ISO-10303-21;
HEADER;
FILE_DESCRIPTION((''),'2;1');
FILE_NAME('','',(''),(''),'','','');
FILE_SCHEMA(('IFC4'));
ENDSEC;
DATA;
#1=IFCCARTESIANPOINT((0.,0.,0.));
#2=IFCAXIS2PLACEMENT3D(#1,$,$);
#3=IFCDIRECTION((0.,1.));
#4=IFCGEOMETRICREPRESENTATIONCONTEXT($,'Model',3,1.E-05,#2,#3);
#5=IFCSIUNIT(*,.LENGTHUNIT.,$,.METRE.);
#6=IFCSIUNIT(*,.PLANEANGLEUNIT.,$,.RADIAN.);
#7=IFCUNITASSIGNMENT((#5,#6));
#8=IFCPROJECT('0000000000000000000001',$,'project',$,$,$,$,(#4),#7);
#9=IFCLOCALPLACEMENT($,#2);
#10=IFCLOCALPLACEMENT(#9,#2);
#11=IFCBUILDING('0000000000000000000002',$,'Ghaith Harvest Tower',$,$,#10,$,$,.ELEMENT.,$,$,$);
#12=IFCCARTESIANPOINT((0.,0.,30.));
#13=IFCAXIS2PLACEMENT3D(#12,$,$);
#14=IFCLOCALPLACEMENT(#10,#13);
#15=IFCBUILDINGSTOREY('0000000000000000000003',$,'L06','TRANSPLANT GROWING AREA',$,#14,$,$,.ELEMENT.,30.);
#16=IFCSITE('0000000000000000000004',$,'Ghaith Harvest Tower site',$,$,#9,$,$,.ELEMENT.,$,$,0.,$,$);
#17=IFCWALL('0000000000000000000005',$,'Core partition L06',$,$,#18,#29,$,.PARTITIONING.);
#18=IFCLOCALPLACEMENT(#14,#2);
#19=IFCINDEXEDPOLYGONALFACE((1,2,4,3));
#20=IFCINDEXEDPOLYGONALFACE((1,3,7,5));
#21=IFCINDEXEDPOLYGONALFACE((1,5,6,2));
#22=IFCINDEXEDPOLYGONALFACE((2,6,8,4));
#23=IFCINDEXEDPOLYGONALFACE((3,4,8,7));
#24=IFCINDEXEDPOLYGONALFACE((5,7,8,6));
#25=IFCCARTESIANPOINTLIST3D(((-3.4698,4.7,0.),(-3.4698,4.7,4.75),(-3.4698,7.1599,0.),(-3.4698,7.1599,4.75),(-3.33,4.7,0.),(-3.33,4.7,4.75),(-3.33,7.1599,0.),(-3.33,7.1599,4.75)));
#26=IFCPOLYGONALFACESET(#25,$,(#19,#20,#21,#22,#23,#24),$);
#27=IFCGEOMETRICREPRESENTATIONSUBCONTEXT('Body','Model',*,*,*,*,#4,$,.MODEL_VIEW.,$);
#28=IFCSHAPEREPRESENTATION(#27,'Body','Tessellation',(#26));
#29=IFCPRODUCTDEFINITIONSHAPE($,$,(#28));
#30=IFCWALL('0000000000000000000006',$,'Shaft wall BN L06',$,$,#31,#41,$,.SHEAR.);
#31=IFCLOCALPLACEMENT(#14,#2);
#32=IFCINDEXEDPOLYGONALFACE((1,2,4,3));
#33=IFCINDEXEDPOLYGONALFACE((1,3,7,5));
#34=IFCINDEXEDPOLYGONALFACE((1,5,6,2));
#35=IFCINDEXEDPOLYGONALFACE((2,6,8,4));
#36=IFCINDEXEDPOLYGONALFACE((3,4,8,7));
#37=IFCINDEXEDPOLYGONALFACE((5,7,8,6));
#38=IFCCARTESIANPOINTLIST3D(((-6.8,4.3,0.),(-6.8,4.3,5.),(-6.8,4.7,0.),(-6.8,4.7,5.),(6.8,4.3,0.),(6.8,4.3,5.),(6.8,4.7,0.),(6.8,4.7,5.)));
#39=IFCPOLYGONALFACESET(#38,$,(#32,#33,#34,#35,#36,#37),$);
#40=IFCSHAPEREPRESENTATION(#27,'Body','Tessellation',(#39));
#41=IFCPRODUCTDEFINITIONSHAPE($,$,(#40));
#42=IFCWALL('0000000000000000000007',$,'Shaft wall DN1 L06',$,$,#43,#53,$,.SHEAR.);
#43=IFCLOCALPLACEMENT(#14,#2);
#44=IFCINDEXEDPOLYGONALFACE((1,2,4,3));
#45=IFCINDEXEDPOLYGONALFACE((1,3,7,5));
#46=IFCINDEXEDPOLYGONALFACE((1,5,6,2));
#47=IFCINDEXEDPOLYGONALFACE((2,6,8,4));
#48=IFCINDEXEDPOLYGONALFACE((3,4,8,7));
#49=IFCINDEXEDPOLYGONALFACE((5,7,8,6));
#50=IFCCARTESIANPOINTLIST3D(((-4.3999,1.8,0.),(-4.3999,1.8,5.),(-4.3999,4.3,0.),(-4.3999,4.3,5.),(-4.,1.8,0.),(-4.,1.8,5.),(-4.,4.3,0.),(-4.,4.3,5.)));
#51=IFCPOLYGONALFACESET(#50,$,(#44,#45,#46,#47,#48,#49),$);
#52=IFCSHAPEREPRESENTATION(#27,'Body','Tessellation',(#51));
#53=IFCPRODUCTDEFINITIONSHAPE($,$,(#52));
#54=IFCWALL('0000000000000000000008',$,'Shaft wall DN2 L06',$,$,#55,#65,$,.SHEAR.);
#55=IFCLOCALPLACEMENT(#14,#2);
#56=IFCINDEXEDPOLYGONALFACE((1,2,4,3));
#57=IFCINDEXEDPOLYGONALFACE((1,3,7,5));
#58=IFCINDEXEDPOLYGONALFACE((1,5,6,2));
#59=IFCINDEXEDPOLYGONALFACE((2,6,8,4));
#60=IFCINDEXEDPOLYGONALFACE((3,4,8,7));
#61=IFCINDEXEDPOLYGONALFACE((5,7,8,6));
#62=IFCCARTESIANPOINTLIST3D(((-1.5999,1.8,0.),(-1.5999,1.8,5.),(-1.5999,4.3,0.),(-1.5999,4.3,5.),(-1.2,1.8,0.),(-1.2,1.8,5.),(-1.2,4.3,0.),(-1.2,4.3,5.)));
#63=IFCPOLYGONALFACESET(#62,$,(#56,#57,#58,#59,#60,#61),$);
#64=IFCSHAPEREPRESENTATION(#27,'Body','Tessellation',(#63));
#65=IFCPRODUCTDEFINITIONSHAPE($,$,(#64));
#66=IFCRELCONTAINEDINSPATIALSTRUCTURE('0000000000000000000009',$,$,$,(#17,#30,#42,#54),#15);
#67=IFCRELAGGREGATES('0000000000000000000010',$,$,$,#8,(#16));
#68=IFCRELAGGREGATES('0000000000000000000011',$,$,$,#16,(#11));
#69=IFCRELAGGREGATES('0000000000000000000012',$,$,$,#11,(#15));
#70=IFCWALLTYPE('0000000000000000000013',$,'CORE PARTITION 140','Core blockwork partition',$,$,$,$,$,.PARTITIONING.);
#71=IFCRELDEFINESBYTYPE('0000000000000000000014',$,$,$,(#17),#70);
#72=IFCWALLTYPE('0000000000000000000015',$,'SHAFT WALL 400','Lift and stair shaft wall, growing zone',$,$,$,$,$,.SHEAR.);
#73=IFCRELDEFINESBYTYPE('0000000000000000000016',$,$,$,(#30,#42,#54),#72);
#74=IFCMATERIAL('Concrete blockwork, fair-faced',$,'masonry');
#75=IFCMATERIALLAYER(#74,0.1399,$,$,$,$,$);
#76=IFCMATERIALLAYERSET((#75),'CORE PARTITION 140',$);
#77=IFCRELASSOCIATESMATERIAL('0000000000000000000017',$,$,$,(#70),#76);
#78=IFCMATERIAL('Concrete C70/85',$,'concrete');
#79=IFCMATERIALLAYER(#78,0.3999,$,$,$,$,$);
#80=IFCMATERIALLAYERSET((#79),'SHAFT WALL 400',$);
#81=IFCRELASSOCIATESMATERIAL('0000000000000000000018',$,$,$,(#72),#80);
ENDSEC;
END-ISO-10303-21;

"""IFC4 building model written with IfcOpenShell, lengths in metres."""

from ifc_helpers import new_model, si_unit, direction, frame, frame_2d, origin, place, context, subcontext, project, spatial, rectangle, extrude, material, layer, layer_set, type_object, element, save


model = new_model("IFC4")

# Units and contexts
model_context = context("Model", 3, precision=1e-05, world=origin(), true_north=direction((0.0, 1.0)))
body_context = subcontext(model_context, "Body", "Model", "MODEL_VIEW")
ifc_project = project(units=[si_unit("LENGTHUNIT", "METRE"), si_unit("PLANEANGLEUNIT", "RADIAN")], contexts=[model_context])

# Site, building, storey
site_placement = place(None, origin())
site = spatial("IfcSite", under=ifc_project, at=site_placement, Name="Ghaith Harvest Tower site", CompositionType="ELEMENT", RefElevation=0.0)
building_placement = place(site_placement, origin())
building = spatial("IfcBuilding", under=site, at=building_placement, Name="Ghaith Harvest Tower", CompositionType="ELEMENT")
storey_placement = place(building_placement, frame((0.0, 0.0, 30.0)))
storey = spatial("IfcBuildingStorey", under=building, at=storey_placement, Name="L06", Description="TRANSPLANT GROWING AREA", CompositionType="ELEMENT", Elevation=30.0)

# Shared definitions
ifc_material_1 = material(Name="Concrete blockwork, fair-faced", Category="masonry")
ifc_layer_1 = layer(ifc_material_1, 0.1399)
ifc_layer_set_1 = layer_set([ifc_layer_1], Name="CORE PARTITION 140")
wall_type_1 = type_object("IfcWallType", Name="CORE PARTITION 140", Description="Core blockwork partition", PredefinedType="PARTITIONING", material=ifc_layer_set_1)

# Walls
wall_1_placement = place(storey_placement, frame((-3.3999, 4.7, 0.0), z_axis=(0.0, 0.0, 1.0), x_axis=(0.0, 1.0, 0.0)))
element("IfcWall", 1, at=wall_1_placement, inside=storey, type_object=wall_type_1, Name="Core partition L06", PredefinedType="PARTITIONING", context=body_context, shape_type="SweptSolid", body=[
    extrude(rectangle(XDim=2.46, YDim=0.1399, at=frame_2d((1.23, 0.0))), origin(), (0.0, 0.0, 1.0), 4.75),
])
ifc_material_2 = material(Name="Concrete C70/85", Category="concrete")
ifc_layer_2 = layer(ifc_material_2, 0.3999)
ifc_layer_set_2 = layer_set([ifc_layer_2], Name="SHAFT WALL 400")
wall_type_2 = type_object("IfcWallType", Name="SHAFT WALL 400", Description="Lift and stair shaft wall, growing zone", PredefinedType="SHEAR", material=ifc_layer_set_2)
wall_2_placement = place(storey_placement, frame((-6.8, 4.5, 0.0), z_axis=(0.0, 0.0, 1.0), x_axis=(1.0, 0.0, 0.0)))
element("IfcWall", 2, at=wall_2_placement, inside=storey, type_object=wall_type_2, Name="Shaft wall BN L06", PredefinedType="SHEAR", context=body_context, shape_type="SweptSolid", body=[
    extrude(rectangle(XDim=13.6001, YDim=0.3999, at=frame_2d((6.8, 0.0))), origin(), (0.0, 0.0, 1.0), 5.0),
])
for number, where, z_axis, x_axis, name in (
    (3, (-4.2, 1.8, 0.0), (0.0, 0.0, 1.0), (0.0, 1.0, 0.0), "Shaft wall DN1 L06"),
    (4, (-1.3999, 1.8, 0.0), (0.0, 0.0, 1.0), (0.0, 1.0, 0.0), "Shaft wall DN2 L06"),
):
    element("IfcWall", number, at=place(storey_placement, frame(where, z_axis=z_axis, x_axis=x_axis)), inside=storey, type_object=wall_type_2, Name=name, PredefinedType="SHEAR", context=body_context, shape_type="SweptSolid", body=[
        extrude(rectangle(XDim=2.5, YDim=0.3999, at=frame_2d((1.25, 0.0))), origin(), (0.0, 0.0, 1.0), 5.0),
    ])

save(model, "model.ifc")
